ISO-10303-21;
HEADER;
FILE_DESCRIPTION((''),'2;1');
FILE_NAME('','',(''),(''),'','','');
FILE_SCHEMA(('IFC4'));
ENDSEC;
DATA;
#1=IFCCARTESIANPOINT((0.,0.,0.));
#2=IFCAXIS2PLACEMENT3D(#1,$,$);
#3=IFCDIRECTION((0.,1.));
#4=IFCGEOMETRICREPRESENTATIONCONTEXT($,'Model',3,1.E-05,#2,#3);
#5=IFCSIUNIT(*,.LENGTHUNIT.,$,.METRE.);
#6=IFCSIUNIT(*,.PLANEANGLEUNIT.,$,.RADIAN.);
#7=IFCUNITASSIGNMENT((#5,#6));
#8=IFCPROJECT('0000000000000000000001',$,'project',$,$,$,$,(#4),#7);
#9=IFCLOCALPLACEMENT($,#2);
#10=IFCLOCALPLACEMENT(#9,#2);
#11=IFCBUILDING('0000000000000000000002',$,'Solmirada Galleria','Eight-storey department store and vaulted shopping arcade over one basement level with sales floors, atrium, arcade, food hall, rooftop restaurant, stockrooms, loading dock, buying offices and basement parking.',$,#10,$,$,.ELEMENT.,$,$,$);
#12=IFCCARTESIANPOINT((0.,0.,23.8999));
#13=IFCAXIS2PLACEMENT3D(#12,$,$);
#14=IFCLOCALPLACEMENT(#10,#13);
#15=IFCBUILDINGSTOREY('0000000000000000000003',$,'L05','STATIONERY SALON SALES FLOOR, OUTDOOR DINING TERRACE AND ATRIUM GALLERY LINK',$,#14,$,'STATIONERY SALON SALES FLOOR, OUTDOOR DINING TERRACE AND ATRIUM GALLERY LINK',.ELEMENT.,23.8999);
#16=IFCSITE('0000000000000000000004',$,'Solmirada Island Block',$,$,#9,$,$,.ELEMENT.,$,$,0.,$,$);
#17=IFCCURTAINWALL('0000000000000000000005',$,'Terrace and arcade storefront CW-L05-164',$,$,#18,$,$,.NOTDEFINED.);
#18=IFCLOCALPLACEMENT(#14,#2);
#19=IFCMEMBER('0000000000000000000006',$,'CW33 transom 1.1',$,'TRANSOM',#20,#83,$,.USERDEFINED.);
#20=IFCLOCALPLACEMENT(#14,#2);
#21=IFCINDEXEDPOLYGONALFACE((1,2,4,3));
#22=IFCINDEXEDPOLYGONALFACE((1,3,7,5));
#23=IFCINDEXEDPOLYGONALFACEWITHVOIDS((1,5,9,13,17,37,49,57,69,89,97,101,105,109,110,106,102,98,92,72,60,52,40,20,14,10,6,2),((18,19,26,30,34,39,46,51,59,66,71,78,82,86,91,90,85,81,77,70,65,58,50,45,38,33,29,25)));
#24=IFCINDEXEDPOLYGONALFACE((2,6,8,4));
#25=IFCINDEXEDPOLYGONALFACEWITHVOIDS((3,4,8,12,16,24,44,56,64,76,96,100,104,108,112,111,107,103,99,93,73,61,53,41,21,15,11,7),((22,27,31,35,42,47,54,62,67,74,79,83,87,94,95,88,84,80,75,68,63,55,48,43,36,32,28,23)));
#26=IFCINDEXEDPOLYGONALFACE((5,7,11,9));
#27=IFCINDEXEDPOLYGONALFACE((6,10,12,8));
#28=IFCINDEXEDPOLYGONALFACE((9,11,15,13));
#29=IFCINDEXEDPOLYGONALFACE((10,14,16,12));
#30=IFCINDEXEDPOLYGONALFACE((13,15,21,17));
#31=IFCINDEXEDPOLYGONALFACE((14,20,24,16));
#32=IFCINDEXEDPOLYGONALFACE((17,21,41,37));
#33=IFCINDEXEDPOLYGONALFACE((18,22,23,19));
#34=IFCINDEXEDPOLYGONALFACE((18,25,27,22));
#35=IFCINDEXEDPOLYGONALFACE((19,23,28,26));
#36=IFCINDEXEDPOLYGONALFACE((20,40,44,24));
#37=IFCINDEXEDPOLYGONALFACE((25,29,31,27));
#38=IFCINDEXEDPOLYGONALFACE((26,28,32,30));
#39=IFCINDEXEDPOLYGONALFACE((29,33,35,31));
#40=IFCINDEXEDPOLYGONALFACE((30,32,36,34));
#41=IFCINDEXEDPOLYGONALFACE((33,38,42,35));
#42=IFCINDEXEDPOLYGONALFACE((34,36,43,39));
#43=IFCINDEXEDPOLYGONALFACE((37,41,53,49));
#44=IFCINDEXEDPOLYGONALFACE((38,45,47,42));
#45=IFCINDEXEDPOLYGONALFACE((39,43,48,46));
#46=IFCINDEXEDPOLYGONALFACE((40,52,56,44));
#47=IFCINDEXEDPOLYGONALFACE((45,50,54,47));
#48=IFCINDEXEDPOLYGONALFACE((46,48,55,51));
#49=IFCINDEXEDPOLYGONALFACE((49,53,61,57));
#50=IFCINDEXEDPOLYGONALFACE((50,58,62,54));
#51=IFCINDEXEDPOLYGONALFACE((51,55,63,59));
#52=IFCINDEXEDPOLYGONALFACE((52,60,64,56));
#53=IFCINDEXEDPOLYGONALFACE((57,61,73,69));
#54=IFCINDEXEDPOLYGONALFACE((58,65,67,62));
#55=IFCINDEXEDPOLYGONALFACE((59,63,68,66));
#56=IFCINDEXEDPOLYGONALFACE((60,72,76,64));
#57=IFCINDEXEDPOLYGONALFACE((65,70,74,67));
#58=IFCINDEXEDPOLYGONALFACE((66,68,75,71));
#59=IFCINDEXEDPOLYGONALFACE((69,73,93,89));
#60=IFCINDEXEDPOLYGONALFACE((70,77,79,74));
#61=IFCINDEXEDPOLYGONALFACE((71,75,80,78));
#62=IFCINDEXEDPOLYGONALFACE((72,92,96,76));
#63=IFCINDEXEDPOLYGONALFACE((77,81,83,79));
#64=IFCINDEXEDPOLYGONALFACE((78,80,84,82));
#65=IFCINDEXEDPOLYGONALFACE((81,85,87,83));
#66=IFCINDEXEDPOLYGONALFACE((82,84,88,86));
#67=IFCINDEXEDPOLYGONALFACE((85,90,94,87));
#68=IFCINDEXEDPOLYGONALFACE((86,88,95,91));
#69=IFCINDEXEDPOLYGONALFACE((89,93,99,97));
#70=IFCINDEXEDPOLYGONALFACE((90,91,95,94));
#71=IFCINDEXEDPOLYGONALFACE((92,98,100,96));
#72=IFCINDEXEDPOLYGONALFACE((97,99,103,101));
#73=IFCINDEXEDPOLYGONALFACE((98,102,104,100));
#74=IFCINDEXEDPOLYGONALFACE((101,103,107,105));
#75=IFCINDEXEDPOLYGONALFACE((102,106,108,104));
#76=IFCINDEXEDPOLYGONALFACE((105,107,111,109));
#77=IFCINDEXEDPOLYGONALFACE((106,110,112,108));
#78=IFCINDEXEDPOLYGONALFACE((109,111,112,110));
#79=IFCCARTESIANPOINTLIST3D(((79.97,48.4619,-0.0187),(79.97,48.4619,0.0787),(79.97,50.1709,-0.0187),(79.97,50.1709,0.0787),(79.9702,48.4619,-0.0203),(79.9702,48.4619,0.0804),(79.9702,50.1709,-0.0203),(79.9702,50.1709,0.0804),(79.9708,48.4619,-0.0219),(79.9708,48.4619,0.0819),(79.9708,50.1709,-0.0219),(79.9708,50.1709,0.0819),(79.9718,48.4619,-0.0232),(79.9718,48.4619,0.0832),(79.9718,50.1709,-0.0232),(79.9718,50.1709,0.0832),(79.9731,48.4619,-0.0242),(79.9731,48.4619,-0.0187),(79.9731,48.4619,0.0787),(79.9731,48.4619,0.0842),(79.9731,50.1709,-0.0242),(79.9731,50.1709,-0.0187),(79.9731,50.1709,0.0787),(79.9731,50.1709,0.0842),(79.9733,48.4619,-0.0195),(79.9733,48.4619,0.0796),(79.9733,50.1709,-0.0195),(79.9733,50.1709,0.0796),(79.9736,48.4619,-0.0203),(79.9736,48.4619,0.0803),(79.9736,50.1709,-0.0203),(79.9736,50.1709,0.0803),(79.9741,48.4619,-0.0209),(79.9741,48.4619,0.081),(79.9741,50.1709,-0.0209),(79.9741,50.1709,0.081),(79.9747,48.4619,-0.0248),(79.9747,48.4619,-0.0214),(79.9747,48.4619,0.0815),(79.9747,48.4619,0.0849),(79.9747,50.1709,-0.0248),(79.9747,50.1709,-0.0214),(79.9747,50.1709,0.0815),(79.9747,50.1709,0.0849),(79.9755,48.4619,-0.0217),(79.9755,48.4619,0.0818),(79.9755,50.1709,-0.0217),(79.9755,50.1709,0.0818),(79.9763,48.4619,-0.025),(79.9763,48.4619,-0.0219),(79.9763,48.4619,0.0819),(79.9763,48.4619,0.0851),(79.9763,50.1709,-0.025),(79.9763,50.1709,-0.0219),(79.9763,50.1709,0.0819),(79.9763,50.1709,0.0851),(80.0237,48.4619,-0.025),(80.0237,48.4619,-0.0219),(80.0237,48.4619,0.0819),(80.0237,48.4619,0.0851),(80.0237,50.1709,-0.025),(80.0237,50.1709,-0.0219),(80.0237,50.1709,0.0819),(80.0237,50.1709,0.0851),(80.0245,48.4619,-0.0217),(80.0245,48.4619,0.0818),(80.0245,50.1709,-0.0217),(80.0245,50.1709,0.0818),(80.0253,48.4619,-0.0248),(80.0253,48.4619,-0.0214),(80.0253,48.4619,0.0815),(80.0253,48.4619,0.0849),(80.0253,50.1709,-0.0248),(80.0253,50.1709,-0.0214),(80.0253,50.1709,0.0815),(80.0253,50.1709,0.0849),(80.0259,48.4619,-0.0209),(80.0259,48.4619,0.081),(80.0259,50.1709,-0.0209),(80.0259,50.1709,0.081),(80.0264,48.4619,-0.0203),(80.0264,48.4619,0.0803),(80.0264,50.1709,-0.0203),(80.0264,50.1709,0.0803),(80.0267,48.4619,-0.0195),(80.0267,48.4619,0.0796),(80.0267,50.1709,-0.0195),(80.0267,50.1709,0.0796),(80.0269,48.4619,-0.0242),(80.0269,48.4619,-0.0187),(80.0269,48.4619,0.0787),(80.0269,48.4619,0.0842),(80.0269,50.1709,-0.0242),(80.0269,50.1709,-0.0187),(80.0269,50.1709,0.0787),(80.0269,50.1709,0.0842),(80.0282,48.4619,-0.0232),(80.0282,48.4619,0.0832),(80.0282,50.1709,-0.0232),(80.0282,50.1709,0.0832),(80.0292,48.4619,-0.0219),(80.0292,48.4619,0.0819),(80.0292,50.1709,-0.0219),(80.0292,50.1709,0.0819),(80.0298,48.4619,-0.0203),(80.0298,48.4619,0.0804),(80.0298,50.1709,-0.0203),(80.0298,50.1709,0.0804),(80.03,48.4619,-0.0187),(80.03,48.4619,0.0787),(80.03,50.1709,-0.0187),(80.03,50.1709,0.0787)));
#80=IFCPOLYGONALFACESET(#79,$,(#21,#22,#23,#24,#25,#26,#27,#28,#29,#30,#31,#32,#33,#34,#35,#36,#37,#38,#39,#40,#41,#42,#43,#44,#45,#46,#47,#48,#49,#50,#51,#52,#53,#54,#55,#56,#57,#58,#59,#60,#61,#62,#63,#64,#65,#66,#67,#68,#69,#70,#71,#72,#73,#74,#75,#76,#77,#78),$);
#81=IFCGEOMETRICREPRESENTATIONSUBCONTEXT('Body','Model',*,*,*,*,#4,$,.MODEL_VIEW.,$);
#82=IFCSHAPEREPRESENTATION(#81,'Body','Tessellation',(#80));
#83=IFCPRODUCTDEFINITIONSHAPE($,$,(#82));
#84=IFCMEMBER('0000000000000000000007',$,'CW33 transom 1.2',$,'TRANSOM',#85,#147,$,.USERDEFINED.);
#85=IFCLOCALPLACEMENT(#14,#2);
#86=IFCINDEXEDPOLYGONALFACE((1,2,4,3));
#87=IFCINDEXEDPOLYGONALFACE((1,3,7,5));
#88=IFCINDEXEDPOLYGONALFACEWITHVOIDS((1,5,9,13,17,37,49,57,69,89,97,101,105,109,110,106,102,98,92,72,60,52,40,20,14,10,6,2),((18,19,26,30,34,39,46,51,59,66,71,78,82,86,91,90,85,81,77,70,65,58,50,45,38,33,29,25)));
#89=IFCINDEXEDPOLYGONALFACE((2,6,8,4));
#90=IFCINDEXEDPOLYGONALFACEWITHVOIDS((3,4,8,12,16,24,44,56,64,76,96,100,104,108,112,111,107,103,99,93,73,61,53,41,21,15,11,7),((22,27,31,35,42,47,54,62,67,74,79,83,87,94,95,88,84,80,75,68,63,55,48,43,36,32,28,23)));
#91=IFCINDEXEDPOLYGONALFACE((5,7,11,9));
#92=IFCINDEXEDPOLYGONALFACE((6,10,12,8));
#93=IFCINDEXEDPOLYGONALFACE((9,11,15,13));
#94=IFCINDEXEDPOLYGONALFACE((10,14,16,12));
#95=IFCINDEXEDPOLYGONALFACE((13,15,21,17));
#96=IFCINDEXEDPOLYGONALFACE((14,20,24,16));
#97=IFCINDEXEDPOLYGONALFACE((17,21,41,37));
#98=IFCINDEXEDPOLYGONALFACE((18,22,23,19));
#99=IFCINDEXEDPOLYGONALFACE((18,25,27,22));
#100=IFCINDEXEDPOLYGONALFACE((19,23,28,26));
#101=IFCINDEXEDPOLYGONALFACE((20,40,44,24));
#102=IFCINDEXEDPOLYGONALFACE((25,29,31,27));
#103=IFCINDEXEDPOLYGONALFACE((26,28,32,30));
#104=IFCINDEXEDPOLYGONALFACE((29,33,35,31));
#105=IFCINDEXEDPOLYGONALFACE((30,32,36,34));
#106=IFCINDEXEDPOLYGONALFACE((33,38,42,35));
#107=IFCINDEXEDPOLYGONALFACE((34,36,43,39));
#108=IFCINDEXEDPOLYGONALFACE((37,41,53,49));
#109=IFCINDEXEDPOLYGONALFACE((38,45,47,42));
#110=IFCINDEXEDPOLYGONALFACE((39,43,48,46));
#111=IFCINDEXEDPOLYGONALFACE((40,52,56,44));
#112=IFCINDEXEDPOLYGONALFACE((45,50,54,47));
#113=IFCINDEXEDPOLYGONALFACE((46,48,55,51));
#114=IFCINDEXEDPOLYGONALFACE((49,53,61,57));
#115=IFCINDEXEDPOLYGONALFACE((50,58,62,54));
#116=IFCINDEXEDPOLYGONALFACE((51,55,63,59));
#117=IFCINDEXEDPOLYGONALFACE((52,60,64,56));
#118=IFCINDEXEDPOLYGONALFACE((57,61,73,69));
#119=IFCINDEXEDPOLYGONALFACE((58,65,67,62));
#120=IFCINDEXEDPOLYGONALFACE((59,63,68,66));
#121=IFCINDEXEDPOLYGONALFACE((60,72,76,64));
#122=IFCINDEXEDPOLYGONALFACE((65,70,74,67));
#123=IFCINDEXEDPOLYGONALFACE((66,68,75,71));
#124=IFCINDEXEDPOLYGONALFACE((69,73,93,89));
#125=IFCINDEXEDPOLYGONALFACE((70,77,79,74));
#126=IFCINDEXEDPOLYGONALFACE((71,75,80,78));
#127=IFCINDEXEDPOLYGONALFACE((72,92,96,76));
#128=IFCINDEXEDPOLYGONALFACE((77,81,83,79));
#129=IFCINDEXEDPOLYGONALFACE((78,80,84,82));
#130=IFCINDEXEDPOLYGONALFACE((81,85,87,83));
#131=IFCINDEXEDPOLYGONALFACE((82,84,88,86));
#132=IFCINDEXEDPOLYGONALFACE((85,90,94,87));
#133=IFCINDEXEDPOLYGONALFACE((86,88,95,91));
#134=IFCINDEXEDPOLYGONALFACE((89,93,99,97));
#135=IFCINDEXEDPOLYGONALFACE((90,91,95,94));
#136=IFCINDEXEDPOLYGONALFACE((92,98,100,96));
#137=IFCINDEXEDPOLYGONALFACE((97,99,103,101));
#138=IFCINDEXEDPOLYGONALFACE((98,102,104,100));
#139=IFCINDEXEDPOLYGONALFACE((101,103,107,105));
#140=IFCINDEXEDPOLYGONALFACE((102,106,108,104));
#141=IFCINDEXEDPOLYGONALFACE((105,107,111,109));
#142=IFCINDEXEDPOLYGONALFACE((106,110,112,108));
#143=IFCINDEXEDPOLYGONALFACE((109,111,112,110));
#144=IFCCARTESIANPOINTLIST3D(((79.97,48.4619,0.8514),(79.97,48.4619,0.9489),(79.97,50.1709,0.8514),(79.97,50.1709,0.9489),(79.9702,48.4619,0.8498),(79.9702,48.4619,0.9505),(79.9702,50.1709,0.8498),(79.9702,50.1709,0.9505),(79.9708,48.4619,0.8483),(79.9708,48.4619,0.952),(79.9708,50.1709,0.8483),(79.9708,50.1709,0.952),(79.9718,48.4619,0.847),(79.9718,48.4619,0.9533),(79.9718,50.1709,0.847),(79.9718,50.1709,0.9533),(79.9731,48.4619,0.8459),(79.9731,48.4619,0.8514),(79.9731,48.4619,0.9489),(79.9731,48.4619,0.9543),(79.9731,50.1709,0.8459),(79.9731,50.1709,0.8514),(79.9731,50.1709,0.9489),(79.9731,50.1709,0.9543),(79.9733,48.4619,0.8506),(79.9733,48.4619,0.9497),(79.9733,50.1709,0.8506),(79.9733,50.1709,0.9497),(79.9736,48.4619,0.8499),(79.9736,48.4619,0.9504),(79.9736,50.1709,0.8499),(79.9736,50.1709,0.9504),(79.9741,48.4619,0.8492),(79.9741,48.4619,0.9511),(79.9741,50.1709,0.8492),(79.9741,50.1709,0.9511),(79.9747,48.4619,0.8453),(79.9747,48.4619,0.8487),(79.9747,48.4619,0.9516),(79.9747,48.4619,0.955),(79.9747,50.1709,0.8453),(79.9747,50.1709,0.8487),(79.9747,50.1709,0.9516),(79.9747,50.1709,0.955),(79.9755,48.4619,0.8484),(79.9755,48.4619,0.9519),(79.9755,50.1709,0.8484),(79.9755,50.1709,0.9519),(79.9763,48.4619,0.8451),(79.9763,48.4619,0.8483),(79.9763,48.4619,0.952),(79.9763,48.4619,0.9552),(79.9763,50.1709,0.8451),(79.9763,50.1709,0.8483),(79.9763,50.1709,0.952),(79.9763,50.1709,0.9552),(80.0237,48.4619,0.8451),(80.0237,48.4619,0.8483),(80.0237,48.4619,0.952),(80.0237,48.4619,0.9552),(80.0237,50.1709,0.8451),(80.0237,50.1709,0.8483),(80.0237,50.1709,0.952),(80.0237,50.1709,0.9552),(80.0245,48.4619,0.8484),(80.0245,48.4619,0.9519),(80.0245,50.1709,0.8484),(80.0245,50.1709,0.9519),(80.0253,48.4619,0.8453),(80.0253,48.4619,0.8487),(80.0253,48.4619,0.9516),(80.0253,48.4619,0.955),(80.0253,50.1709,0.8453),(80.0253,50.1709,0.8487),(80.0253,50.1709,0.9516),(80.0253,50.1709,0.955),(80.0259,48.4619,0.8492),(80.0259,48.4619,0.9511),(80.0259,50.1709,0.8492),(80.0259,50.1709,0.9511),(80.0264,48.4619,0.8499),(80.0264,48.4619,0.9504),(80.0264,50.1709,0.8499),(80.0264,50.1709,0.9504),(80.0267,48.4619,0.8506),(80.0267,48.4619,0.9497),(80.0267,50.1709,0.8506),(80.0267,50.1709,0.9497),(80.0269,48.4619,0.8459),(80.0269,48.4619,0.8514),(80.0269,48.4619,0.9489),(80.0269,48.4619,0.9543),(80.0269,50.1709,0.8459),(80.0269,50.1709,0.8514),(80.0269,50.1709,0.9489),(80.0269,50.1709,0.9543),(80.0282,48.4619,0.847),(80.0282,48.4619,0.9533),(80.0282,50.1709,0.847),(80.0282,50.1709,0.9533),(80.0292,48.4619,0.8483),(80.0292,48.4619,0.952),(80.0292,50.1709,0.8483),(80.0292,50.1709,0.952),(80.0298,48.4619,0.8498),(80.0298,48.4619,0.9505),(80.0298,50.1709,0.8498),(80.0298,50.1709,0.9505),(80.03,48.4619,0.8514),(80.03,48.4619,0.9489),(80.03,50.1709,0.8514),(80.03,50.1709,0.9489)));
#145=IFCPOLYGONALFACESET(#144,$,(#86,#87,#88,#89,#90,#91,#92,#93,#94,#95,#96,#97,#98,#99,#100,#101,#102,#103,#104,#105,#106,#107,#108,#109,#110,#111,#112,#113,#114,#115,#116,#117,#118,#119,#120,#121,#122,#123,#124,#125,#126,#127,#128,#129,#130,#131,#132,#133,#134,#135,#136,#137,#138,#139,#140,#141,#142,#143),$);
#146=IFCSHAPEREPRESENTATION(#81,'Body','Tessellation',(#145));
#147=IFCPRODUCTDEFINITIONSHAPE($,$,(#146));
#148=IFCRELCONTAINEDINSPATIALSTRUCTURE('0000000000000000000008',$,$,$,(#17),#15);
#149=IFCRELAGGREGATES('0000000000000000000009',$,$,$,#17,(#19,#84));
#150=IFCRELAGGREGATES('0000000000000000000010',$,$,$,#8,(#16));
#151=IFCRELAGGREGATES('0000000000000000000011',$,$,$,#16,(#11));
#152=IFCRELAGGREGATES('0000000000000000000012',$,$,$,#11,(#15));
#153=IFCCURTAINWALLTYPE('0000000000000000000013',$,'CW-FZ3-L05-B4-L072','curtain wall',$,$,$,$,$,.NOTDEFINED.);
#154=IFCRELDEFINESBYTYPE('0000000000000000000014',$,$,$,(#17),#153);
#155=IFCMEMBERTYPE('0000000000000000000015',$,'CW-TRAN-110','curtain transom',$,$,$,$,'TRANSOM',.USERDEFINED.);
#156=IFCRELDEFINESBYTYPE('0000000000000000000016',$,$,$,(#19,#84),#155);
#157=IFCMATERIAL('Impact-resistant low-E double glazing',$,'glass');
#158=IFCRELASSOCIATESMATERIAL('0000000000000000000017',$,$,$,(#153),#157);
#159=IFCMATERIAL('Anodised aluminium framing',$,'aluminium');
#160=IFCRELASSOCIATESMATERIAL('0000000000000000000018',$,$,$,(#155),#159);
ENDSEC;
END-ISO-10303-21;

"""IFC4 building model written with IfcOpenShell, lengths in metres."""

from ifc_helpers import new_model, si_unit, direction, frame, origin, origin_2d, place, context, subcontext, project, spatial, hollow_rectangle, extrude, material, material_profile, profile_set, type_object, element, aggregate, save


model = new_model("IFC4")

# Units and contexts
model_context = context("Model", 3, precision=1e-05, world=origin(), true_north=direction((0.0, 1.0)))
body_context = subcontext(model_context, "Body", "Model", "MODEL_VIEW")
ifc_project = project(units=[si_unit("LENGTHUNIT", "METRE"), si_unit("PLANEANGLEUNIT", "RADIAN")], contexts=[model_context])

# Site, building, storey
site_placement = place(None, origin())
site = spatial("IfcSite", under=ifc_project, at=site_placement, Name="Solmirada Island Block", CompositionType="ELEMENT", RefElevation=0.0)
building_placement = place(site_placement, origin())
building = spatial("IfcBuilding", under=site, at=building_placement, Name="Solmirada Galleria", Description="Eight-storey department store and vaulted shopping arcade over one basement level with sales floors, atrium, arcade, food hall, rooftop restaurant, stockrooms, loading dock, buying offices and basement parking.", CompositionType="ELEMENT")
storey_placement = place(building_placement, frame((0.0, 0.0, 23.8999)))
storey = spatial("IfcBuildingStorey", under=building, at=storey_placement, Name="L05", Description="STATIONERY SALON SALES FLOOR, OUTDOOR DINING TERRACE AND ATRIUM GALLERY LINK", LongName="STATIONERY SALON SALES FLOOR, OUTDOOR DINING TERRACE AND ATRIUM GALLERY LINK", CompositionType="ELEMENT", Elevation=23.8999)

# Curtain wall, members
ifc_material_1 = material(Name="Impact-resistant low-E double glazing", Category="glass")
curtain_wall_type = type_object("IfcCurtainWallType", Name="CW-FZ3-L05-B4-L072", Description="curtain wall", PredefinedType="NOTDEFINED", material=ifc_material_1)
curtain_wall_placement = place(storey_placement, origin())
curtain_wall = element("IfcCurtainWall", 1, at=curtain_wall_placement, inside=storey, type_object=curtain_wall_type, Name="Terrace and arcade storefront CW-L05-164", PredefinedType="NOTDEFINED")
ifc_material_2 = material(Name="Anodised aluminium framing", Category="aluminium")
ifc_material_profile_1 = material_profile(ifc_material_2, hollow_rectangle(XDim=0.0601, YDim=0.1101, WallThickness=0.0032, InnerFilletRadius=0.0032, OuterFilletRadius=0.0063, at=origin_2d()), Name="ALU-TRAN-110X60")
ifc_profile_set_1 = profile_set([ifc_material_profile_1], Name="Anodised aluminium framing")
member_type_1 = type_object("IfcMemberType", Name="CW-TRAN-110", Description="curtain transom", ElementType="TRANSOM", PredefinedType="USERDEFINED", material=ifc_profile_set_1)
member_1_placement = place(storey_placement, frame((80.0, 48.4619, 0.03), z_axis=(0.0, 1.0, 0.0), x_axis=(-1.0, 0.0, 0.0)))
member_1 = element("IfcMember", 2, at=member_1_placement, type_object=member_type_1, Name="CW33 transom 1.1", ObjectType="TRANSOM", PredefinedType="USERDEFINED", context=body_context, shape_type="SweptSolid", body=[
    extrude(hollow_rectangle(XDim=0.0601, YDim=0.1101, WallThickness=0.0032, InnerFilletRadius=0.0032, OuterFilletRadius=0.0063, at=origin_2d()), origin(), (0.0, 0.0, 1.0), 1.709),
])
member_2_placement = place(storey_placement, frame((80.0, 48.4619, 0.9001), z_axis=(0.0, 1.0, 0.0), x_axis=(-1.0, 0.0, 0.0)))
member_2 = element("IfcMember", 3, at=member_2_placement, type_object=member_type_1, Name="CW33 transom 1.2", ObjectType="TRANSOM", PredefinedType="USERDEFINED", context=body_context, shape_type="SweptSolid", body=[
    extrude(hollow_rectangle(XDim=0.0601, YDim=0.1101, WallThickness=0.0032, InnerFilletRadius=0.0032, OuterFilletRadius=0.0063, at=origin_2d()), origin(), (0.0, 0.0, 1.0), 1.709),
])
aggregate(curtain_wall, [member_1, member_2])

save(model, "model.ifc")
